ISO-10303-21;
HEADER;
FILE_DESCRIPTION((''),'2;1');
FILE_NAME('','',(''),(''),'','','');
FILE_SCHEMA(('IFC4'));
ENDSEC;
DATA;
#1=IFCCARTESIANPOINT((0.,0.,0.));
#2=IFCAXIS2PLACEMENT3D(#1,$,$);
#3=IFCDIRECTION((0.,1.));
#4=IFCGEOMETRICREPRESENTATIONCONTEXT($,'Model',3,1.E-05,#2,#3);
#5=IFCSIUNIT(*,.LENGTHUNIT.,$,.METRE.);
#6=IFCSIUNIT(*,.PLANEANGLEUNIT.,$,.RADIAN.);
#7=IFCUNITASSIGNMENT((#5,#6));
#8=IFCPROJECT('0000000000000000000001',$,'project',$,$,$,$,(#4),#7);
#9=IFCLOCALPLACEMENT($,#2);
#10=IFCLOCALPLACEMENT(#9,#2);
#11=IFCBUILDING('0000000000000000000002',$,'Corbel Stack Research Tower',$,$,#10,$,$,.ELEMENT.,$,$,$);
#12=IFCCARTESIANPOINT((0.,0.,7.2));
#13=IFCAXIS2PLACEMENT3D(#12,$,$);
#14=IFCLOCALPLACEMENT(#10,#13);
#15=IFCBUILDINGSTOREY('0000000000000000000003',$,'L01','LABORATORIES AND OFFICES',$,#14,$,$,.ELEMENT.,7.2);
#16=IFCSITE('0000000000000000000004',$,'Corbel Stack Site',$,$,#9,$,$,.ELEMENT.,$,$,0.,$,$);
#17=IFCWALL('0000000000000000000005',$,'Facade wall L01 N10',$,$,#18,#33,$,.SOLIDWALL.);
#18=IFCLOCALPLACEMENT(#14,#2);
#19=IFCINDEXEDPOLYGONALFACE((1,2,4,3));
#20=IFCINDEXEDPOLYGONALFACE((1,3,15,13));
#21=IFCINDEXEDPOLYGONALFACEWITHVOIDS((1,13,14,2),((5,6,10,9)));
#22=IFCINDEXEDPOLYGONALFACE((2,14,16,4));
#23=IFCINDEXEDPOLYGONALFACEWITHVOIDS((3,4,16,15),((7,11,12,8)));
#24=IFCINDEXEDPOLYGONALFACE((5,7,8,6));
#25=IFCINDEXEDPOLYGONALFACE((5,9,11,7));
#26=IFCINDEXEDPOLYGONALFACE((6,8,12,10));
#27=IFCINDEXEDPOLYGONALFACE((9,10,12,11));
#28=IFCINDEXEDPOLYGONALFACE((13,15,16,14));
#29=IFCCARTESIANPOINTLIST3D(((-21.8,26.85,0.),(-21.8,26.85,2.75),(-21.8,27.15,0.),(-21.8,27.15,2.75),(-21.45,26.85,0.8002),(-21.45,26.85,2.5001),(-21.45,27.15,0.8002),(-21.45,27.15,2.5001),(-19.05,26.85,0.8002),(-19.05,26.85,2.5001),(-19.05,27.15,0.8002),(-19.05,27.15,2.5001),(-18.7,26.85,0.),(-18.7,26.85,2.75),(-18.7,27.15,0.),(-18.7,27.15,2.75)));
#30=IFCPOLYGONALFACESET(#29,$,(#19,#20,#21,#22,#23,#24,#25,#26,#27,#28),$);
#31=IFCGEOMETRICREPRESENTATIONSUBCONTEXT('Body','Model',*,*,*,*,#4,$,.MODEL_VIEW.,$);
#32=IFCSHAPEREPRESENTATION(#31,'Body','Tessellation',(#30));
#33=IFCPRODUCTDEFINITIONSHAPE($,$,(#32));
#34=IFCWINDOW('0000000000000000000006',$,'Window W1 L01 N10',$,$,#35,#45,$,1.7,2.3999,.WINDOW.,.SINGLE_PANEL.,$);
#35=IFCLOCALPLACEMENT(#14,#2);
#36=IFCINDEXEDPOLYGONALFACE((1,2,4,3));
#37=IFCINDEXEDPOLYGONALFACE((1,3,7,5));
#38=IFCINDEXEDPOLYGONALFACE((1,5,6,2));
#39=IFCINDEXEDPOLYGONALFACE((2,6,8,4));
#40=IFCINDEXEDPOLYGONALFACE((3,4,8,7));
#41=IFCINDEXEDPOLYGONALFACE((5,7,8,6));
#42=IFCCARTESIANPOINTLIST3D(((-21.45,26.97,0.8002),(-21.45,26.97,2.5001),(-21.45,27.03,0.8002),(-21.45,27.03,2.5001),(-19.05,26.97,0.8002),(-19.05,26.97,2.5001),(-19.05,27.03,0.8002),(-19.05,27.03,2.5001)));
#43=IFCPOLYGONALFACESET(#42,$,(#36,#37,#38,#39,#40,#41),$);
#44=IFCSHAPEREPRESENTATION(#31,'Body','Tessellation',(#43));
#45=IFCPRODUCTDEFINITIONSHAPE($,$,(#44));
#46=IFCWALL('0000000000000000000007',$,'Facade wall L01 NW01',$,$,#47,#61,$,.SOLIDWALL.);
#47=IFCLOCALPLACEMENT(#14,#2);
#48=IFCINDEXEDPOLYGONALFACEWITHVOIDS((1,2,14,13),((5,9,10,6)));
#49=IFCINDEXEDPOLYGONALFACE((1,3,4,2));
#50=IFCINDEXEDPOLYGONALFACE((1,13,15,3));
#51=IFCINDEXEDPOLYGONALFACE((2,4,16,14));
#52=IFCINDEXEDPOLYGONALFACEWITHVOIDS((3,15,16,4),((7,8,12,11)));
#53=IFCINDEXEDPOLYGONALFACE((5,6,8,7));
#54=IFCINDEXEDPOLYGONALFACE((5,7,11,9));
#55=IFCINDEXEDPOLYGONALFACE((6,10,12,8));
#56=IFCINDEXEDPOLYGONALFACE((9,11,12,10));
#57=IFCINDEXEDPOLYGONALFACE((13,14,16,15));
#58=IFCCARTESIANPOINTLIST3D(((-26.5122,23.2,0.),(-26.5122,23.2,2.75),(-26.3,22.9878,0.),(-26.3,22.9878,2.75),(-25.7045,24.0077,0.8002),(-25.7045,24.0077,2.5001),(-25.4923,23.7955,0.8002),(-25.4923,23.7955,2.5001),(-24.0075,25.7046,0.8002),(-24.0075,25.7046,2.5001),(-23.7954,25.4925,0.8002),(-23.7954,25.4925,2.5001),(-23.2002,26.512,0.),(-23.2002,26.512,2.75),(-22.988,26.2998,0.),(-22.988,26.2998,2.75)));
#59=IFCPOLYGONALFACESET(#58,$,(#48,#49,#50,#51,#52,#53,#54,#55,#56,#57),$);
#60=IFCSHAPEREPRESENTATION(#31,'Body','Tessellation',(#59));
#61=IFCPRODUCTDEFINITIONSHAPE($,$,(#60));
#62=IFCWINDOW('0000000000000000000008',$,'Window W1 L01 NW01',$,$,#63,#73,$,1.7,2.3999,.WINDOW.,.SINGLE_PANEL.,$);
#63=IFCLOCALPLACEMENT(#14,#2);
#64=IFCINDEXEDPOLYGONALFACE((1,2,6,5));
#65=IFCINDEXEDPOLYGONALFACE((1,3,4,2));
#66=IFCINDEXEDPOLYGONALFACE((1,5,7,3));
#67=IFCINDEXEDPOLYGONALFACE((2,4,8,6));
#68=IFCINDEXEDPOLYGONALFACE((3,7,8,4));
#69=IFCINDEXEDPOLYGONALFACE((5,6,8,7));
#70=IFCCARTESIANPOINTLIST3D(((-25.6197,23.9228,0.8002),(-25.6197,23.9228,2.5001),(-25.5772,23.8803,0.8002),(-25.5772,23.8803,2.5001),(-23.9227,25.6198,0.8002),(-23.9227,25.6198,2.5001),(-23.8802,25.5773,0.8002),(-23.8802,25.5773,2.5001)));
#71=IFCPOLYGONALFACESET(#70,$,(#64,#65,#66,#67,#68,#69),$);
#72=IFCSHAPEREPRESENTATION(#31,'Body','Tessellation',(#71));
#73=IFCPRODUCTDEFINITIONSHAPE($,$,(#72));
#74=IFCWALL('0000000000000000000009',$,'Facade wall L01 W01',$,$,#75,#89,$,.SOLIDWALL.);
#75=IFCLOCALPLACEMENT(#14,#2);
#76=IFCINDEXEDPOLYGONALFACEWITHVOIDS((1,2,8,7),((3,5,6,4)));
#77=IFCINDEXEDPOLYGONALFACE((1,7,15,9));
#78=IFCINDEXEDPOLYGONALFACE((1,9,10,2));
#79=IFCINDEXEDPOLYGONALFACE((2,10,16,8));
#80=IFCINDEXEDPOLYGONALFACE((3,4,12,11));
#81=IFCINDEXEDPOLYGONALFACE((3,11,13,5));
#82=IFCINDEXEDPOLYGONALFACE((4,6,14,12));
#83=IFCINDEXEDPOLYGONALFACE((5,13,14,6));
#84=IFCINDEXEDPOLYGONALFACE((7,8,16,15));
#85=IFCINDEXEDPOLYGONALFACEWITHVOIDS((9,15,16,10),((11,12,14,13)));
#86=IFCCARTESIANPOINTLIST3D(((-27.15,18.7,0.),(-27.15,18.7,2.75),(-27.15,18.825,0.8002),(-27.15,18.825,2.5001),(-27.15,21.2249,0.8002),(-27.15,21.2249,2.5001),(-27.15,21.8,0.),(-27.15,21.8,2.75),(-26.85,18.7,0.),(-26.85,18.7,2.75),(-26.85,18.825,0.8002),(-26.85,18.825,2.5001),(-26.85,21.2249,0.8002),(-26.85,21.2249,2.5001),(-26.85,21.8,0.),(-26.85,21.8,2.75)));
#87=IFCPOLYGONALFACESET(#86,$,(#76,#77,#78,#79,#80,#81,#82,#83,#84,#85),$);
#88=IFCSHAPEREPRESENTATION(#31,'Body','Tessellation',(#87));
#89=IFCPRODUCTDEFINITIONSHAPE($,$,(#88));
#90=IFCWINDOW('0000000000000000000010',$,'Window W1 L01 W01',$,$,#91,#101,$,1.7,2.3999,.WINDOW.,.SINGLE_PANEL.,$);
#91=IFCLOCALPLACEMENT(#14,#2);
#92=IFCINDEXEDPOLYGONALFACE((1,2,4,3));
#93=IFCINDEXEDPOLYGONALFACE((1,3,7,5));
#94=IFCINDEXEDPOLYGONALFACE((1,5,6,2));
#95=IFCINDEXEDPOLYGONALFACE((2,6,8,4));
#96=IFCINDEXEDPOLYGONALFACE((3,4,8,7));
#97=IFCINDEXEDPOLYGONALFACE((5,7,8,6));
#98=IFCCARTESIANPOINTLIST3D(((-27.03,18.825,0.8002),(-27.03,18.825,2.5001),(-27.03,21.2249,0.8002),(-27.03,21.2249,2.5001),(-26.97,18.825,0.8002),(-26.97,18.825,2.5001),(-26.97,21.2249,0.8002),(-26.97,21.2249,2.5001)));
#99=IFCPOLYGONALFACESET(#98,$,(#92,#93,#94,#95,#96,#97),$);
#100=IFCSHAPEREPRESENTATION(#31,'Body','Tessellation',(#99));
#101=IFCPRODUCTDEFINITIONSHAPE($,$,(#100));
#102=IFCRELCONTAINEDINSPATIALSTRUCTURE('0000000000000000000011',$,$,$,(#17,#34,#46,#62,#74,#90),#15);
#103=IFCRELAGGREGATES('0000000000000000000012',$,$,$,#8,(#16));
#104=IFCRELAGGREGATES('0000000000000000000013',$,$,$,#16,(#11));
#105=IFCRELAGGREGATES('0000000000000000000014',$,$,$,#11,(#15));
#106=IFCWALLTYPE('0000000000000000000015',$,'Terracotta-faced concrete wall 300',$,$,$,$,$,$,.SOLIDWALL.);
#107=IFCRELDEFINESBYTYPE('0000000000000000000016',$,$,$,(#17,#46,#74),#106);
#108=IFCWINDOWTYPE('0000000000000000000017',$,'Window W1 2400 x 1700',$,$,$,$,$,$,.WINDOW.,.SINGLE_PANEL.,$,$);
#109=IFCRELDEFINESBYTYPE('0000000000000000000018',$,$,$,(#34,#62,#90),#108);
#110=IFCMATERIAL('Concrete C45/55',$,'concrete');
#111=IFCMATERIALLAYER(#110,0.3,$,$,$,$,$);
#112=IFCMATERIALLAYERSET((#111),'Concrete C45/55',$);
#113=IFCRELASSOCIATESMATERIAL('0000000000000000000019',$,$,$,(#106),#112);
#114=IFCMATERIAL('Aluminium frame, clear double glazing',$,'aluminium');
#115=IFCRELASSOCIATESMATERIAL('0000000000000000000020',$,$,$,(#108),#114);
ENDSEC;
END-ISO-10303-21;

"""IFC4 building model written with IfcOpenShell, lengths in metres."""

from ifc_helpers import new_model, si_unit, direction, frame, frame_2d, origin, place, context, subcontext, project, spatial, rectangle, extrude, material, layer, layer_set, type_object, element, fill, save


model = new_model("IFC4")

# Units and contexts
model_context = context("Model", 3, precision=1e-05, world=origin(), true_north=direction((0.0, 1.0)))
body_context = subcontext(model_context, "Body", "Model", "MODEL_VIEW")
ifc_project = project(units=[si_unit("LENGTHUNIT", "METRE"), si_unit("PLANEANGLEUNIT", "RADIAN")], contexts=[model_context])

# Site, building, storey
site_placement = place(None, origin())
site = spatial("IfcSite", under=ifc_project, at=site_placement, Name="Corbel Stack Site", CompositionType="ELEMENT", RefElevation=0.0)
building_placement = place(site_placement, origin())
building = spatial("IfcBuilding", under=site, at=building_placement, Name="Corbel Stack Research Tower", CompositionType="ELEMENT")
storey_placement = place(building_placement, frame((0.0, 0.0, 7.2)))
storey = spatial("IfcBuildingStorey", under=building, at=storey_placement, Name="L01", Description="LABORATORIES AND OFFICES", CompositionType="ELEMENT", Elevation=7.2)

# Walls, openings, windows
ifc_material_1 = material(Name="Concrete C45/55", Category="concrete")
ifc_layer_1 = layer(ifc_material_1, 0.3)
ifc_layer_set_1 = layer_set([ifc_layer_1], Name="Concrete C45/55")
wall_type_1 = type_object("IfcWallType", Name="Terracotta-faced concrete wall 300", PredefinedType="SOLIDWALL", material=ifc_layer_set_1)
wall_1_placement = place(storey_placement, frame((-21.8, 27.0, 0.0), z_axis=(0.0, 0.0, 1.0), x_axis=(1.0, 0.0, 0.0)))
wall_1 = element("IfcWall", 1, at=wall_1_placement, inside=storey, type_object=wall_type_1, Name="Facade wall L01 N10", PredefinedType="SOLIDWALL", context=body_context, shape_type="SweptSolid", body=[
    extrude(rectangle(XDim=3.1001, YDim=0.3, at=frame_2d((1.55, 0.0))), origin(), (0.0, 0.0, 1.0), 2.75),
])
opening_1_placement = place(wall_1_placement, frame((0.3501, 0.0, 0.8)))
opening_1 = element("IfcOpeningElement", 2, at=opening_1_placement, cuts=wall_1, PredefinedType="OPENING", context=body_context, shape_type="SweptSolid", body=[
    extrude(rectangle(XDim=2.3999, YDim=1.7, at=frame_2d((1.2, 0.8501))), frame((0.0, 0.1599, 0.0), z_axis=(0.0, -1.0, 0.0), x_axis=(1.0, 0.0, 0.0)), (0.0, 0.0, 1.0), 0.3201),
])
ifc_material_2 = material(Name="Aluminium frame, clear double glazing", Category="aluminium")
window_type = type_object("IfcWindowType", Name="Window W1 2400 x 1700", PartitioningType="SINGLE_PANEL", PredefinedType="WINDOW", material=ifc_material_2)
window_1_placement = place(opening_1_placement, origin())
window_1 = element("IfcWindow", 3, at=window_1_placement, inside=storey, type_object=window_type, Name="Window W1 L01 N10", OverallHeight=1.7, OverallWidth=2.3999, PartitioningType="SINGLE_PANEL", PredefinedType="WINDOW", context=body_context, shape_type="SweptSolid", body=[
    extrude(rectangle(XDim=2.3999, YDim=1.7, at=frame_2d((1.2, 0.8501))), frame((0.0, 0.03, 0.0), z_axis=(0.0, -1.0, 0.0), x_axis=(1.0, 0.0, 0.0)), (0.0, 0.0, 1.0), 0.0601),
])
fill(opening_1, window_1)
wall_2_placement = place(storey_placement, frame((-26.406, 23.094, 0.0), z_axis=(0.0, 0.0, 1.0), x_axis=(0.707107, 0.707107, 0.0)))
wall_2 = element("IfcWall", 4, at=wall_2_placement, inside=storey, type_object=wall_type_1, Name="Facade wall L01 NW01", PredefinedType="SOLIDWALL", context=body_context, shape_type="SweptSolid", body=[
    extrude(rectangle(XDim=4.6838, YDim=0.3, at=frame_2d((2.3418, 0.0))), origin(), (0.0, 0.0, 1.0), 2.75),
])
opening_2_placement = place(wall_2_placement, frame((1.1421, 0.0, 0.8)))
opening_2 = element("IfcOpeningElement", 5, at=opening_2_placement, cuts=wall_2, PredefinedType="OPENING", context=body_context, shape_type="SweptSolid", body=[
    extrude(rectangle(XDim=2.3999, YDim=1.7, at=frame_2d((1.2, 0.8501))), frame((0.0, 0.1599, 0.0), z_axis=(0.0, -1.0, 0.0), x_axis=(1.0, 0.0, 0.0)), (0.0, 0.0, 1.0), 0.3201),
])
window_2_placement = place(opening_2_placement, origin())
window_2 = element("IfcWindow", 6, at=window_2_placement, inside=storey, type_object=window_type, Name="Window W1 L01 NW01", OverallHeight=1.7, OverallWidth=2.3999, PartitioningType="SINGLE_PANEL", PredefinedType="WINDOW", context=body_context, shape_type="SweptSolid", body=[
    extrude(rectangle(XDim=2.3999, YDim=1.7, at=frame_2d((1.2, 0.8501))), frame((0.0, 0.03, 0.0), z_axis=(0.0, -1.0, 0.0), x_axis=(1.0, 0.0, 0.0)), (0.0, 0.0, 1.0), 0.0601),
])
fill(opening_2, window_2)
wall_3_placement = place(storey_placement, frame((-27.0, 18.7, 0.0), z_axis=(0.0, 0.0, 1.0), x_axis=(0.0, 1.0, 0.0)))
wall_3 = element("IfcWall", 7, at=wall_3_placement, inside=storey, type_object=wall_type_1, Name="Facade wall L01 W01", PredefinedType="SOLIDWALL", context=body_context, shape_type="SweptSolid", body=[
    extrude(rectangle(XDim=3.1001, YDim=0.3, at=frame_2d((1.55, 0.0))), origin(), (0.0, 0.0, 1.0), 2.75),
])
opening_3_placement = place(wall_3_placement, frame((0.125, 0.0, 0.8)))
opening_3 = element("IfcOpeningElement", 8, at=opening_3_placement, cuts=wall_3, PredefinedType="OPENING", context=body_context, shape_type="SweptSolid", body=[
    extrude(rectangle(XDim=2.3999, YDim=1.7, at=frame_2d((1.2, 0.8501))), frame((0.0, 0.1599, 0.0), z_axis=(0.0, -1.0, 0.0), x_axis=(1.0, 0.0, 0.0)), (0.0, 0.0, 1.0), 0.3201),
])
window_3_placement = place(opening_3_placement, origin())
window_3 = element("IfcWindow", 9, at=window_3_placement, inside=storey, type_object=window_type, Name="Window W1 L01 W01", OverallHeight=1.7, OverallWidth=2.3999, PartitioningType="SINGLE_PANEL", PredefinedType="WINDOW", context=body_context, shape_type="SweptSolid", body=[
    extrude(rectangle(XDim=2.3999, YDim=1.7, at=frame_2d((1.2, 0.8501))), frame((0.0, 0.03, 0.0), z_axis=(0.0, -1.0, 0.0), x_axis=(1.0, 0.0, 0.0)), (0.0, 0.0, 1.0), 0.0601),
])
fill(opening_3, window_3)

save(model, "model.ifc")
